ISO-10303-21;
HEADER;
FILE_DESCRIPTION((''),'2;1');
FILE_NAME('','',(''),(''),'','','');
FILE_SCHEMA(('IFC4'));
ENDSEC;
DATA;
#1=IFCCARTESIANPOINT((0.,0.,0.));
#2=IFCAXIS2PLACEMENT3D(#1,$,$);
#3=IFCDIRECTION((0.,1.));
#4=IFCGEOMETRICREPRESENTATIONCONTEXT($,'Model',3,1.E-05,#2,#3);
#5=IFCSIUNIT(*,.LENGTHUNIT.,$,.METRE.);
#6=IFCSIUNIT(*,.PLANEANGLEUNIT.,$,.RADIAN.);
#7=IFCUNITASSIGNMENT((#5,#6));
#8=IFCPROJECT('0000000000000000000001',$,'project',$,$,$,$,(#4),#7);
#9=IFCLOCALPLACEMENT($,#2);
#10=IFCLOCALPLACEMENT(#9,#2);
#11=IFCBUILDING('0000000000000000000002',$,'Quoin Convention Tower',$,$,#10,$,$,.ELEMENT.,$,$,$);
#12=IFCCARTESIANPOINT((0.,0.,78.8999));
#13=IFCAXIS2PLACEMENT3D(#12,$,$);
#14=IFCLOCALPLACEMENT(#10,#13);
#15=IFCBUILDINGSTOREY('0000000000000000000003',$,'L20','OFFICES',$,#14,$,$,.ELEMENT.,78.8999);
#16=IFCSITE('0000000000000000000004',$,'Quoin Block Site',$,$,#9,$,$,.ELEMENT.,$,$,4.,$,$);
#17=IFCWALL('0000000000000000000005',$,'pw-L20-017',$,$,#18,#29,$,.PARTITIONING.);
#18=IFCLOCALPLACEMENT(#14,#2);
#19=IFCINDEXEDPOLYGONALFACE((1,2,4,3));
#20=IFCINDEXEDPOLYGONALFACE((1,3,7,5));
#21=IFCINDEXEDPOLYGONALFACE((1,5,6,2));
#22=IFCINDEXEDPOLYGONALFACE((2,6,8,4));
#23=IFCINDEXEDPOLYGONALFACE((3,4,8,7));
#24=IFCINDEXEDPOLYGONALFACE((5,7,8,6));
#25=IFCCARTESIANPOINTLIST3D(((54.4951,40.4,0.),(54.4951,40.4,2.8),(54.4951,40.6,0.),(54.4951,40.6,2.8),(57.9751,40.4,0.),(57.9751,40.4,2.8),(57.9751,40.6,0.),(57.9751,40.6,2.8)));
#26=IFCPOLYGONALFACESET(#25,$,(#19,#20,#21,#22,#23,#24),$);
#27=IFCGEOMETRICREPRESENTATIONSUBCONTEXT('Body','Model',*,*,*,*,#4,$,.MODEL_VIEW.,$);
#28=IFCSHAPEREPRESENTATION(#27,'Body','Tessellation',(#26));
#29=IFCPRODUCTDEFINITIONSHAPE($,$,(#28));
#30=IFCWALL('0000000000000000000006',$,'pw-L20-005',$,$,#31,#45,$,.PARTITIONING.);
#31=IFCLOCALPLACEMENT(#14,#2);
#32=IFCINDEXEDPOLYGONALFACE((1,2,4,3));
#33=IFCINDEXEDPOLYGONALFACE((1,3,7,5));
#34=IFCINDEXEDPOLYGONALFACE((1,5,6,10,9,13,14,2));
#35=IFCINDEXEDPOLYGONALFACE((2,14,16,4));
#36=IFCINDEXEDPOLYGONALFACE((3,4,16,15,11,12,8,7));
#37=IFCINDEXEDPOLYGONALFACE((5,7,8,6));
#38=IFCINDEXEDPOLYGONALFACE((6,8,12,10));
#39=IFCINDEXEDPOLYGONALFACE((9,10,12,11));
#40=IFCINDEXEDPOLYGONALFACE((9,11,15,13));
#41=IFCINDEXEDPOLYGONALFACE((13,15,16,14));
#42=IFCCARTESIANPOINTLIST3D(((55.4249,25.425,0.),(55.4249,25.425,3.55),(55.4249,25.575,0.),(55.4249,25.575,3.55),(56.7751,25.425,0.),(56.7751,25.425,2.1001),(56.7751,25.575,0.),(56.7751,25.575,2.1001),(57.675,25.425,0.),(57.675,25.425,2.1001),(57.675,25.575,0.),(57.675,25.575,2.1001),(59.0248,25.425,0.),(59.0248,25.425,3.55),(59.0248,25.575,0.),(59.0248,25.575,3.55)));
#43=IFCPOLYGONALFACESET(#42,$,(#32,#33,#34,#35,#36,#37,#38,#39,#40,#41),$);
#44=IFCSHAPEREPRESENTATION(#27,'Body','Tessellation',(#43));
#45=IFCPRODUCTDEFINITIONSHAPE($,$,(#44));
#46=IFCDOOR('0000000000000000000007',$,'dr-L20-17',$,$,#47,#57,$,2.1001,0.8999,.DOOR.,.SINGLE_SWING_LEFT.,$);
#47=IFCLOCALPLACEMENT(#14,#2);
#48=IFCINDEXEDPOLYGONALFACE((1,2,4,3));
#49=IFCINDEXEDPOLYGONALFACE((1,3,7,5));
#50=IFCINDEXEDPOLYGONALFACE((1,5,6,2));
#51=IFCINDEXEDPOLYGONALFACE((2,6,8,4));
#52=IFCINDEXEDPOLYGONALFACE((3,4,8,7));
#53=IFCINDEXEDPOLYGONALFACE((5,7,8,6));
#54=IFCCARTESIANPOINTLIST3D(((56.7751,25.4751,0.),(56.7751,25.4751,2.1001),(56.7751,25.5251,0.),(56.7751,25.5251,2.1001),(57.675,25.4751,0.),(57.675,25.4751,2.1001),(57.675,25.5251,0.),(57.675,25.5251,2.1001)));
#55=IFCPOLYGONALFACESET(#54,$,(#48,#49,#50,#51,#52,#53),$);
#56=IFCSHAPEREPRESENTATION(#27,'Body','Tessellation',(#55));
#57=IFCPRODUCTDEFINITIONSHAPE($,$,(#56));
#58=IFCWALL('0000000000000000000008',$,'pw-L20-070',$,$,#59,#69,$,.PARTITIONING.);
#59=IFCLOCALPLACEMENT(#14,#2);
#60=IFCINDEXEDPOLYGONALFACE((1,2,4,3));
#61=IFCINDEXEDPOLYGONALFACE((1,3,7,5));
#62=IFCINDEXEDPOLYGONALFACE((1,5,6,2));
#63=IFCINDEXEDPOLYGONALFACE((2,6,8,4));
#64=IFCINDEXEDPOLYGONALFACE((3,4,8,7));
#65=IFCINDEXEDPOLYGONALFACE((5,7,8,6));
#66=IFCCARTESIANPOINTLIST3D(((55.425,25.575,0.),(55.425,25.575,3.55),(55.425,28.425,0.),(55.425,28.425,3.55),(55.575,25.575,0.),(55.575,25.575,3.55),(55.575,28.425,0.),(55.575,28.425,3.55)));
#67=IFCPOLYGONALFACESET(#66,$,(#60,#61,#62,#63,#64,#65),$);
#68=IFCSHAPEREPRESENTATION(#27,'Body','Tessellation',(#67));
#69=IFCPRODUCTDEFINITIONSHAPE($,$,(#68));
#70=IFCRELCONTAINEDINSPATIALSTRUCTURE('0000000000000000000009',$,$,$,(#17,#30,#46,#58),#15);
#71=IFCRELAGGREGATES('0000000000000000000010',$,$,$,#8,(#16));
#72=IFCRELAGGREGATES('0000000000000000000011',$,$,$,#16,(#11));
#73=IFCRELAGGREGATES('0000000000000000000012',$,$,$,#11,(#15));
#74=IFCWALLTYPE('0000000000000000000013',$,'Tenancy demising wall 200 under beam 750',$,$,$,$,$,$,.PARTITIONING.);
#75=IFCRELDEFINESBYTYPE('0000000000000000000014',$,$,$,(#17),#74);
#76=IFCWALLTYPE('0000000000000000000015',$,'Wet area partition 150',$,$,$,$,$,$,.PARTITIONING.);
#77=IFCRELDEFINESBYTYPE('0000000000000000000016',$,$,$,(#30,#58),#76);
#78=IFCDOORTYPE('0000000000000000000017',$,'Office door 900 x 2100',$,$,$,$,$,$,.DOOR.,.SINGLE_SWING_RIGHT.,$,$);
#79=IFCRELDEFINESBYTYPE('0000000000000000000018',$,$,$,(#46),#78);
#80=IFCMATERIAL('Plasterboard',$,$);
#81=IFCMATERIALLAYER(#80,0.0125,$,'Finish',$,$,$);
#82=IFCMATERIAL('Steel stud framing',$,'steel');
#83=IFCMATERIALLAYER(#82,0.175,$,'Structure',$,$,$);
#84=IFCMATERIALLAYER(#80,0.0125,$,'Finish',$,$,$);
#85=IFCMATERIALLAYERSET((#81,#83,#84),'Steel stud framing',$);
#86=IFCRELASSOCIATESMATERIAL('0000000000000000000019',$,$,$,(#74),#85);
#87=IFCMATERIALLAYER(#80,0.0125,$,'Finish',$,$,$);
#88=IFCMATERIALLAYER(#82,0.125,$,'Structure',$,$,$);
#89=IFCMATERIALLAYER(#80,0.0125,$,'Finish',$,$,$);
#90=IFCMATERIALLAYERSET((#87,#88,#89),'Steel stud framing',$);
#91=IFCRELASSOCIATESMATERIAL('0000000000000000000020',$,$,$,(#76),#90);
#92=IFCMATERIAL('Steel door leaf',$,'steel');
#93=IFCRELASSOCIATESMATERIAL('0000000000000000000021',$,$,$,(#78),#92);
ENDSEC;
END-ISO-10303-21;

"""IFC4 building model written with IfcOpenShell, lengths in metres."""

from ifc_helpers import new_model, si_unit, direction, frame, frame_2d, origin, place, context, subcontext, project, spatial, rectangle, extrude, material, layer, layer_set, type_object, element, fill, save


model = new_model("IFC4")

# Units and contexts
model_context = context("Model", 3, precision=1e-05, world=origin(), true_north=direction((0.0, 1.0)))
body_context = subcontext(model_context, "Body", "Model", "MODEL_VIEW")
ifc_project = project(units=[si_unit("LENGTHUNIT", "METRE"), si_unit("PLANEANGLEUNIT", "RADIAN")], contexts=[model_context])

# Site, building, storey
site_placement = place(None, origin())
site = spatial("IfcSite", under=ifc_project, at=site_placement, Name="Quoin Block Site", CompositionType="ELEMENT", RefElevation=4.0)
building_placement = place(site_placement, origin())
building = spatial("IfcBuilding", under=site, at=building_placement, Name="Quoin Convention Tower", CompositionType="ELEMENT")
storey_placement = place(building_placement, frame((0.0, 0.0, 78.8999)))
storey = spatial("IfcBuildingStorey", under=building, at=storey_placement, Name="L20", Description="OFFICES", CompositionType="ELEMENT", Elevation=78.8999)

# Shared definitions
ifc_material_1 = material(Name="Plasterboard")
ifc_material_2 = material(Name="Steel stud framing", Category="steel")

# Wall
ifc_layer_1 = layer(ifc_material_1, 0.0125, Name="Finish")
ifc_layer_2 = layer(ifc_material_2, 0.175, Name="Structure")
ifc_layer_3 = layer(ifc_material_1, 0.0125, Name="Finish")
ifc_layer_set_1 = layer_set([ifc_layer_1, ifc_layer_2, ifc_layer_3], Name="Steel stud framing")
wall_type_1 = type_object("IfcWallType", Name="Tenancy demising wall 200 under beam 750", PredefinedType="PARTITIONING", material=ifc_layer_set_1)
wall_1_placement = place(storey_placement, frame((54.4951, 40.5, 0.0), z_axis=(0.0, 0.0, 1.0), x_axis=(1.0, 0.0, 0.0)))
element("IfcWall", 1, at=wall_1_placement, inside=storey, type_object=wall_type_1, Name="pw-L20-017", PredefinedType="PARTITIONING", context=body_context, shape_type="SweptSolid", body=[
    extrude(rectangle(XDim=3.48, YDim=0.2, at=frame_2d((1.74, 0.0))), origin(), (0.0, 0.0, 1.0), 2.8),
])

# Wall, opening, door
ifc_layer_4 = layer(ifc_material_1, 0.0125, Name="Finish")
ifc_layer_5 = layer(ifc_material_2, 0.125, Name="Structure")
ifc_layer_6 = layer(ifc_material_1, 0.0125, Name="Finish")
ifc_layer_set_2 = layer_set([ifc_layer_4, ifc_layer_5, ifc_layer_6], Name="Steel stud framing")
wall_type_2 = type_object("IfcWallType", Name="Wet area partition 150", PredefinedType="PARTITIONING", material=ifc_layer_set_2)
wall_2_placement = place(storey_placement, frame((55.425, 25.5, 0.0), z_axis=(0.0, 0.0, 1.0), x_axis=(1.0, 0.0, 0.0)))
wall_2 = element("IfcWall", 2, at=wall_2_placement, inside=storey, type_object=wall_type_2, Name="pw-L20-005", PredefinedType="PARTITIONING", context=body_context, shape_type="SweptSolid", body=[
    extrude(rectangle(XDim=3.5999, YDim=0.1499, at=frame_2d((1.7998, 0.0))), origin(), (0.0, 0.0, 1.0), 3.55),
])
opening_1_placement = place(wall_2_placement, frame((1.3501, 0.0, 0.0)))
opening_1 = element("IfcOpeningElement", 3, at=opening_1_placement, cuts=wall_2, PredefinedType="OPENING", context=body_context, shape_type="SweptSolid", body=[
    extrude(rectangle(XDim=0.8999, YDim=2.1001, at=frame_2d((0.45, 1.05))), frame((0.0, 0.085, 0.0), z_axis=(0.0, -1.0, 0.0), x_axis=(1.0, 0.0, 0.0)), (0.0, 0.0, 1.0), 0.1699),
])
ifc_material_3 = material(Name="Steel door leaf", Category="steel")
door_type = type_object("IfcDoorType", Name="Office door 900 x 2100", OperationType="SINGLE_SWING_RIGHT", PredefinedType="DOOR", material=ifc_material_3)
door_placement = place(opening_1_placement, frame((0.8999, 0.0, 0.0), z_axis=(0.0, 0.0, 1.0), x_axis=(-1.0, 0.0, 0.0)))
door = element("IfcDoor", 4, at=door_placement, inside=storey, type_object=door_type, Name="dr-L20-17", OperationType="SINGLE_SWING_LEFT", OverallHeight=2.1001, OverallWidth=0.8999, PredefinedType="DOOR", context=body_context, shape_type="SweptSolid", body=[
    extrude(rectangle(XDim=0.8999, YDim=2.1001, at=frame_2d((0.45, 1.05))), frame((0.0, 0.0249, 0.0), z_axis=(0.0, -1.0, 0.0), x_axis=(1.0, 0.0, 0.0)), (0.0, 0.0, 1.0), 0.05),
])
fill(opening_1, door)

# Wall
wall_3_placement = place(storey_placement, frame((55.5, 25.575, 0.0), z_axis=(0.0, 0.0, 1.0), x_axis=(0.0, 1.0, 0.0)))
element("IfcWall", 5, at=wall_3_placement, inside=storey, type_object=wall_type_2, Name="pw-L20-070", PredefinedType="PARTITIONING", context=body_context, shape_type="SweptSolid", body=[
    extrude(rectangle(XDim=2.8501, YDim=0.1499, at=frame_2d((1.425, 0.0))), origin(), (0.0, 0.0, 1.0), 3.55),
])

save(model, "model.ifc")
